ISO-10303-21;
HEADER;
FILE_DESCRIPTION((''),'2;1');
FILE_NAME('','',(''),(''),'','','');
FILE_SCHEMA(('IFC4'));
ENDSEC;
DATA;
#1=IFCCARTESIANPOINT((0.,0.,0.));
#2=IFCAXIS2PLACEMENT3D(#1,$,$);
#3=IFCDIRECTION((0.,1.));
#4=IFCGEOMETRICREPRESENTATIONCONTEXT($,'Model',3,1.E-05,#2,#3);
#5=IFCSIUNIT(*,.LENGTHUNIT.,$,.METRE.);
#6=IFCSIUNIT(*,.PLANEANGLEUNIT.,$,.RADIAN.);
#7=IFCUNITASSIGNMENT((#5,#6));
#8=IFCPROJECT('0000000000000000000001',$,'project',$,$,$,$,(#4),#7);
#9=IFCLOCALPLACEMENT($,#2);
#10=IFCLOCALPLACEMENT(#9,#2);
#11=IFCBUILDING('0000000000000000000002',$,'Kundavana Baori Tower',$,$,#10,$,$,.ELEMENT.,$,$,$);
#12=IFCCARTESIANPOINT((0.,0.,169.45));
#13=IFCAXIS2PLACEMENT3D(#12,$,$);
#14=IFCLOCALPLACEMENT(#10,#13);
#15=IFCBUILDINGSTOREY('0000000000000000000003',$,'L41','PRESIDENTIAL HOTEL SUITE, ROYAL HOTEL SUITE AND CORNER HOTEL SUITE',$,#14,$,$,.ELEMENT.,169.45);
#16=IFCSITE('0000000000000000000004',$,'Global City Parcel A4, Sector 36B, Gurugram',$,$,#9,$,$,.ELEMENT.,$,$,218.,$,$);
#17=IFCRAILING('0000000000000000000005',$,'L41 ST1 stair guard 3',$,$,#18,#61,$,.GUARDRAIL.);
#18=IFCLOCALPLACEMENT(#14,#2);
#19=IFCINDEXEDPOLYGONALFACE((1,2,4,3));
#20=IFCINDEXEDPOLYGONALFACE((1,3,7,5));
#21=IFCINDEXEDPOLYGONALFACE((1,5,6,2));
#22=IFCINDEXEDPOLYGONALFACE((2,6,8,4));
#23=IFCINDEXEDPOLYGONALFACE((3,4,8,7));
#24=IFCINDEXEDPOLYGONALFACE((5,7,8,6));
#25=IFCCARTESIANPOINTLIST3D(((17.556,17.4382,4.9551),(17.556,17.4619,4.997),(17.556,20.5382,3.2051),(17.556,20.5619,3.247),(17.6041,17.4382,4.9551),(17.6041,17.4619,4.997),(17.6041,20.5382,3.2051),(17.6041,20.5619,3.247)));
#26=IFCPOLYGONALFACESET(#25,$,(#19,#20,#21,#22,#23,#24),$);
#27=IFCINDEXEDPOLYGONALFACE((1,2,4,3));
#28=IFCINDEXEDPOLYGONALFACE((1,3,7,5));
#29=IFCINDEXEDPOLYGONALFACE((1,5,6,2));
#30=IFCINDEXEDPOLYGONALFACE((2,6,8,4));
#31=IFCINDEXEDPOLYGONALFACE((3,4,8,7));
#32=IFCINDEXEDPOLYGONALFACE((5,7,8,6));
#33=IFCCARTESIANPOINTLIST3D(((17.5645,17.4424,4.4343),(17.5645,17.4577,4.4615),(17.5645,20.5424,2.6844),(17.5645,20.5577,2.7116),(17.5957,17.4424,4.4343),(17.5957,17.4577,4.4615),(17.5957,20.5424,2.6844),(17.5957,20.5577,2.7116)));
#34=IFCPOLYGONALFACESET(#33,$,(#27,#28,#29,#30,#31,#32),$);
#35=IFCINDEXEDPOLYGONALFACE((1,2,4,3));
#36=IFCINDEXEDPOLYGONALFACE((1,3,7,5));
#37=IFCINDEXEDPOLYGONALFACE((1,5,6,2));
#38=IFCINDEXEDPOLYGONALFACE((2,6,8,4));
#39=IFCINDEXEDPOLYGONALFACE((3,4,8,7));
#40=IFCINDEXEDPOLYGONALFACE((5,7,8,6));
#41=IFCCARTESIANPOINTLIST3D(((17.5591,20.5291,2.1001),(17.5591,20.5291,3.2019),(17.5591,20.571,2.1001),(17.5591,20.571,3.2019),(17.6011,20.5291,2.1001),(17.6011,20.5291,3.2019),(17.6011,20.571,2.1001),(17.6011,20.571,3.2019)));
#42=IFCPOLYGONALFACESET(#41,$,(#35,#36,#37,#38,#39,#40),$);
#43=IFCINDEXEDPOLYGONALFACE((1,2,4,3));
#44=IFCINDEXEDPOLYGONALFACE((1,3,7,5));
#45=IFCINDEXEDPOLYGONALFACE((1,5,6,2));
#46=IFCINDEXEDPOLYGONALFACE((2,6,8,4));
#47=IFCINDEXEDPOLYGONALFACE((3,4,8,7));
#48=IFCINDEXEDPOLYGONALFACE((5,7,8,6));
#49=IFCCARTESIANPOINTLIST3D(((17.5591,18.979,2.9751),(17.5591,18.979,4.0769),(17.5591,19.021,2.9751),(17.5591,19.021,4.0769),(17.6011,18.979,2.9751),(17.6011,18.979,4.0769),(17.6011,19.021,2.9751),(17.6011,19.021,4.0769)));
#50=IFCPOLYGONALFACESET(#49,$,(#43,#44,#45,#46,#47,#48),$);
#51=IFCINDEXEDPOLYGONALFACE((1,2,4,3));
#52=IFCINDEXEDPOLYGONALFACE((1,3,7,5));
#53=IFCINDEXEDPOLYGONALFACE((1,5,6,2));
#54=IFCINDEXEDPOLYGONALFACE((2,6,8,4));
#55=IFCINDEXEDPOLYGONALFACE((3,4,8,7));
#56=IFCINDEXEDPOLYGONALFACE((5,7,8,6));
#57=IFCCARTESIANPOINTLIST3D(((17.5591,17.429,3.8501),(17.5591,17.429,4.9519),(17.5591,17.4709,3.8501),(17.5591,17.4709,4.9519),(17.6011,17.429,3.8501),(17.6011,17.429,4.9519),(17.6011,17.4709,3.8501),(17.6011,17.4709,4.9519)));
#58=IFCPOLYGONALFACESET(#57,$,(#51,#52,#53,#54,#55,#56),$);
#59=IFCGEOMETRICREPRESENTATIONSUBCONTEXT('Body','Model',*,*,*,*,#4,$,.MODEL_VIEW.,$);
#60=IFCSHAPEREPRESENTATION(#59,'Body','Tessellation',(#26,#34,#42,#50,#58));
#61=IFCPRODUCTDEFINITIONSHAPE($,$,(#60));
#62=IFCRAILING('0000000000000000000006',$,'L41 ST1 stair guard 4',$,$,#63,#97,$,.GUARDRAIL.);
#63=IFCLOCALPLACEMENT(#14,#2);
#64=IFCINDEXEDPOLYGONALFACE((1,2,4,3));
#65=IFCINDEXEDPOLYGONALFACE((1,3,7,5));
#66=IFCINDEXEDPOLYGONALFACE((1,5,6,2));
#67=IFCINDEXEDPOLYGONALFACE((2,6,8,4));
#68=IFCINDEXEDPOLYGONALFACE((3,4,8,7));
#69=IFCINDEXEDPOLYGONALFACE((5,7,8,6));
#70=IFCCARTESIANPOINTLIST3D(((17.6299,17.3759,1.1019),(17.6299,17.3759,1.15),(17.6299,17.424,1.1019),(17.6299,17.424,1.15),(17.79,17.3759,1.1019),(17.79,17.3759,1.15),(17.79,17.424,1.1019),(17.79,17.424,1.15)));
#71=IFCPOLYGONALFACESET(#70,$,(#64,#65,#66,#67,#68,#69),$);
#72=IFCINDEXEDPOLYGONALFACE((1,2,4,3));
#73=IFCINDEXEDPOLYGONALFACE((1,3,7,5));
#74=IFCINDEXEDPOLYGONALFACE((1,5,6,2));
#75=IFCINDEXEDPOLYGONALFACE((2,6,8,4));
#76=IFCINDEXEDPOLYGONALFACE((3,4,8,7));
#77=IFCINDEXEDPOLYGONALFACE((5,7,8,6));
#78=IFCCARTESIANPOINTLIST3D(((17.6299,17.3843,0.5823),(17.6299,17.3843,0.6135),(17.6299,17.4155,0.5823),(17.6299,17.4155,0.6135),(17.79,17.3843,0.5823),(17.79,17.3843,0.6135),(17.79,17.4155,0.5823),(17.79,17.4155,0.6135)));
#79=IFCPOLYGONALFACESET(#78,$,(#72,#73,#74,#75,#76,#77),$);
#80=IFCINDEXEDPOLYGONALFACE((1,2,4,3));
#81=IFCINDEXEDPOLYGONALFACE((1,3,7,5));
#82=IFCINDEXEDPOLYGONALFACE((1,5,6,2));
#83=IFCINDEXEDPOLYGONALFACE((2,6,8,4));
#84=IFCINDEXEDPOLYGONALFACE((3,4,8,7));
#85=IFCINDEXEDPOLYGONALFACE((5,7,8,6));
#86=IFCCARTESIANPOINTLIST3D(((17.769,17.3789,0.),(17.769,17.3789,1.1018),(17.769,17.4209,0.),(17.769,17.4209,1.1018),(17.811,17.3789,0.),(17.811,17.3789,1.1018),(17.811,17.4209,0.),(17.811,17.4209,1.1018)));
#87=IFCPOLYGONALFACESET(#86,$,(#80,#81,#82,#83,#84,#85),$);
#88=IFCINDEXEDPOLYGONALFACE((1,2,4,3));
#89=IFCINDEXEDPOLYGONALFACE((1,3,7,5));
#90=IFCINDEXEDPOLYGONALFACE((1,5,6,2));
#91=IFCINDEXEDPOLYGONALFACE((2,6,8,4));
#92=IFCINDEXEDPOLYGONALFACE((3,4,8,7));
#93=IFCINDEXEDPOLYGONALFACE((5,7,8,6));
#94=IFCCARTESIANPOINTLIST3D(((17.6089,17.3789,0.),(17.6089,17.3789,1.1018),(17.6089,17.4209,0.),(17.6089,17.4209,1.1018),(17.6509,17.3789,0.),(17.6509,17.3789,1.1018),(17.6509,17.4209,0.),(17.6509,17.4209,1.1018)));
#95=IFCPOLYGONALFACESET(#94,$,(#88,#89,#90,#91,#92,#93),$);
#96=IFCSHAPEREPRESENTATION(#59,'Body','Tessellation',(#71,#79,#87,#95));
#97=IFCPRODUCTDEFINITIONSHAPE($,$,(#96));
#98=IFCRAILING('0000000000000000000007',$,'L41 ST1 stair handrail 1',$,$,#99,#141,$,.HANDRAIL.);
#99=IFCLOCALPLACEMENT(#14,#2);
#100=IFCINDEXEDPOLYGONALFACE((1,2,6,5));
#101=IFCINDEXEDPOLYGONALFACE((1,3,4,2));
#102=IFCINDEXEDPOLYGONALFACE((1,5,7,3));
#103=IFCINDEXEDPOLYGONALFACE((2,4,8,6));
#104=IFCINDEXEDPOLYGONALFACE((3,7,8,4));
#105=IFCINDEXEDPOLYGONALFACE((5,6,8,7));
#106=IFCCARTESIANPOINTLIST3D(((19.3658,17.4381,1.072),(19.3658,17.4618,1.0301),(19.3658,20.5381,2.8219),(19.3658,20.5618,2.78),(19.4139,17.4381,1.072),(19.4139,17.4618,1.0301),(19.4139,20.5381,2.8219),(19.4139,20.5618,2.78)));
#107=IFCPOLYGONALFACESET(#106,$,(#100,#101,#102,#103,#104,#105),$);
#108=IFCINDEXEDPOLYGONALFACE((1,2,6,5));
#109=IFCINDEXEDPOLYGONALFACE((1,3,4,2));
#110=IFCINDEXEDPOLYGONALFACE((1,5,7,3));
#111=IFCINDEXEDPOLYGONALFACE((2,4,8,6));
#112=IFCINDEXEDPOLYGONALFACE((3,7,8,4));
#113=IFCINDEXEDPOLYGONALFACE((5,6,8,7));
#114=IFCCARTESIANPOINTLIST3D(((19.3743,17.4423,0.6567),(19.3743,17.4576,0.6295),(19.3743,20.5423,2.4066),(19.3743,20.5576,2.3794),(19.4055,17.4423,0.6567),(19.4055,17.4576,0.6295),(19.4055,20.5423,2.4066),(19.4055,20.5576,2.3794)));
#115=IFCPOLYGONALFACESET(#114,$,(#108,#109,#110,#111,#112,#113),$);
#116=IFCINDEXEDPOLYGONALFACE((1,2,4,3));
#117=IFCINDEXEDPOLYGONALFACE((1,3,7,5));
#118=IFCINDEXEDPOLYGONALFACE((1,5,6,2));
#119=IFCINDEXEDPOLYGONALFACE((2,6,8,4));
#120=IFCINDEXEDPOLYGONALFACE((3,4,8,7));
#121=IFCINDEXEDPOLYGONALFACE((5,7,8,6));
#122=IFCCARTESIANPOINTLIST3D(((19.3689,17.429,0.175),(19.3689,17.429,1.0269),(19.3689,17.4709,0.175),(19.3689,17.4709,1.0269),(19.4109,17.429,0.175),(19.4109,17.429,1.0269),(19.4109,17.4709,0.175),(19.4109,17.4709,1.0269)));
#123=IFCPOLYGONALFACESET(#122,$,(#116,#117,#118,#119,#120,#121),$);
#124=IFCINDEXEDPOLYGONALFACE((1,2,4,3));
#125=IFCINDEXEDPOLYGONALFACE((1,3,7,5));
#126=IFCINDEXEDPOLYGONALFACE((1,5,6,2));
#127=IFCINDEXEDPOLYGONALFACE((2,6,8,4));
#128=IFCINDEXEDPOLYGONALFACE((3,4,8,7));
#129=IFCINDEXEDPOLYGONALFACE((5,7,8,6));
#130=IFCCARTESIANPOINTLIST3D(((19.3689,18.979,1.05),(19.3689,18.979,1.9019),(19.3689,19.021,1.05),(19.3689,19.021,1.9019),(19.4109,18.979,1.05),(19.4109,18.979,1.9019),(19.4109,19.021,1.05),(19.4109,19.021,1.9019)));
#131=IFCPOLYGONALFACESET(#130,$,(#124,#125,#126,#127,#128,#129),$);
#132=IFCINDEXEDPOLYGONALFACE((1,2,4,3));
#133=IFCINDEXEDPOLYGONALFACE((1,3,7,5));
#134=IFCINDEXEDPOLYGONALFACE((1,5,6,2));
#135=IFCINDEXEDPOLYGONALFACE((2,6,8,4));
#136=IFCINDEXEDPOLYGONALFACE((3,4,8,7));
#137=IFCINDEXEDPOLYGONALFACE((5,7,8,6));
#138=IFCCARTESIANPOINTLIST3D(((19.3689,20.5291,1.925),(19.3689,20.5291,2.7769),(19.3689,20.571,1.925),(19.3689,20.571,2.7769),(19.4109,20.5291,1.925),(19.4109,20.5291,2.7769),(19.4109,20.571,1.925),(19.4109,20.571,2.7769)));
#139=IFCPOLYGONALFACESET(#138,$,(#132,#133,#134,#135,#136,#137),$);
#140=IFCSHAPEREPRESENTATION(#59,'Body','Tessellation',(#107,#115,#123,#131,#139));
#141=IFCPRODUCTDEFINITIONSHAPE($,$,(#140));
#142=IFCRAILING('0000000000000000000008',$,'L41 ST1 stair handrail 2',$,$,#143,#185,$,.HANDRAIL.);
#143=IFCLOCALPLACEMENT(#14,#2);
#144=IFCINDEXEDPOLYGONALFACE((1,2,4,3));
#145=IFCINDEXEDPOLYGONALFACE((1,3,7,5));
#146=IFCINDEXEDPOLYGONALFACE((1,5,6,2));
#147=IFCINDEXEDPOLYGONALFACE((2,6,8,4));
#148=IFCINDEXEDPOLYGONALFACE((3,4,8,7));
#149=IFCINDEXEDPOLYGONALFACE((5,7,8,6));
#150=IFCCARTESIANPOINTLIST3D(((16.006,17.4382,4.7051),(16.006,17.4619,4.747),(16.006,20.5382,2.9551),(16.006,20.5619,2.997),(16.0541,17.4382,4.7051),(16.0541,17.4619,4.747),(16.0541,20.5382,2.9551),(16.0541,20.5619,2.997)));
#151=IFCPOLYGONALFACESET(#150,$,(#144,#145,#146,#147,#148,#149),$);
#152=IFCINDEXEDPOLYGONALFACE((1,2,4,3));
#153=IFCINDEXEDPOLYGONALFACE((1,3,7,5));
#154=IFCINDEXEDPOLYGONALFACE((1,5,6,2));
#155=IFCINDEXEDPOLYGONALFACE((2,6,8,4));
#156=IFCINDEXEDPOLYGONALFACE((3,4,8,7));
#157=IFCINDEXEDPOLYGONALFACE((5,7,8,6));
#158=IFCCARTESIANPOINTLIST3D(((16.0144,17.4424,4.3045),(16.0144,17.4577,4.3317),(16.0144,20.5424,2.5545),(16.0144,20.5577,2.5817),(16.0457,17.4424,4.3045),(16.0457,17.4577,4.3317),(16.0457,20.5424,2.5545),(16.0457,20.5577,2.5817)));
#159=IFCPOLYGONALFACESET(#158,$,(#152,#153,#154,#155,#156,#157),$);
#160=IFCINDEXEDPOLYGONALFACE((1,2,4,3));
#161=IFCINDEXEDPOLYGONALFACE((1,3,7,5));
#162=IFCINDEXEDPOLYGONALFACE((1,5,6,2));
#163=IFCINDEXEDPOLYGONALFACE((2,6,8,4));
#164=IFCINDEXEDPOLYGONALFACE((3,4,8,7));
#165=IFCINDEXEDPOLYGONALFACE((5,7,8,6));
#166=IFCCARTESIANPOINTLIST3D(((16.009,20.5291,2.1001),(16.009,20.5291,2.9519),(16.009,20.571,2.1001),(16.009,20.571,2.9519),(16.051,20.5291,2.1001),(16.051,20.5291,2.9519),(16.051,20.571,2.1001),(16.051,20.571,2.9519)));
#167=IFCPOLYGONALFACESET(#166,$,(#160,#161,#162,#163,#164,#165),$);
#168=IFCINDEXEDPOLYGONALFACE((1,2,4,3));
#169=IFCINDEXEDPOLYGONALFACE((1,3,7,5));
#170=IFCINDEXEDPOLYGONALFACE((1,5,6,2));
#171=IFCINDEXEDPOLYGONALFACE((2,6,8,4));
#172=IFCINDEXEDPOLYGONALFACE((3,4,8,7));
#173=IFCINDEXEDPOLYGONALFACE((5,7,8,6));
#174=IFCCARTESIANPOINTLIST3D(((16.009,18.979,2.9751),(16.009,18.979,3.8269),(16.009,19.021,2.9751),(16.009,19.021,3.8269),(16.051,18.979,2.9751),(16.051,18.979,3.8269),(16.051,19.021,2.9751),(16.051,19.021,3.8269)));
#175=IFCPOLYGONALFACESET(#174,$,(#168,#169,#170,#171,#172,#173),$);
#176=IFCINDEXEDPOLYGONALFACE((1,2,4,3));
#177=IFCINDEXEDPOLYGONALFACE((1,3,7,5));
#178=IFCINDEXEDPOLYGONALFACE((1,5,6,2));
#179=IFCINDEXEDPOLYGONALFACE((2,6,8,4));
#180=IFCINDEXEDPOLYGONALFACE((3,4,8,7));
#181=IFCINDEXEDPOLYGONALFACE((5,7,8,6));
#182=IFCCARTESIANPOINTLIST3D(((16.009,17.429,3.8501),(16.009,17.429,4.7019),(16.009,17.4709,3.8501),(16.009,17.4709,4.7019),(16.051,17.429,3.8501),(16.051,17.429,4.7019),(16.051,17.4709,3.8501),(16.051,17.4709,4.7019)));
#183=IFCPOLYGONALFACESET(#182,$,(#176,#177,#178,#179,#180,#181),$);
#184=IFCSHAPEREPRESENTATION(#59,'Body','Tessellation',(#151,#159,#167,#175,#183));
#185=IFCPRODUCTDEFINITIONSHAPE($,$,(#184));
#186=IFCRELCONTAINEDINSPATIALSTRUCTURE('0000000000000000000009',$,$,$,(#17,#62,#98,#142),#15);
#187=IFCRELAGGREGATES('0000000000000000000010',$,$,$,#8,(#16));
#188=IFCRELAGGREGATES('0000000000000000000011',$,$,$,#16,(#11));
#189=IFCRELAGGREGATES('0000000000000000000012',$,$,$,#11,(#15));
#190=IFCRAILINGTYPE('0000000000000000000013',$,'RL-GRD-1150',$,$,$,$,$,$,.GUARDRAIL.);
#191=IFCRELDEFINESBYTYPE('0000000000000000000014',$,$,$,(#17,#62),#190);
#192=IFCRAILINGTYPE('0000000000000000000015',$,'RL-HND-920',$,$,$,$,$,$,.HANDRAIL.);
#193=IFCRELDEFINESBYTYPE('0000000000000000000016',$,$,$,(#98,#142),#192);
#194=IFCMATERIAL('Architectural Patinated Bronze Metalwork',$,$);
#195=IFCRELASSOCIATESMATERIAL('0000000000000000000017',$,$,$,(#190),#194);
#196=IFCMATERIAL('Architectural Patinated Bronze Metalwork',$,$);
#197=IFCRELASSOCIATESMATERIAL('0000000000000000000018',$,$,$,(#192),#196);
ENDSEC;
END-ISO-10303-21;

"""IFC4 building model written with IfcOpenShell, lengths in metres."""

from ifc_helpers import new_model, si_unit, direction, frame, origin, origin_2d, place, context, subcontext, project, spatial, rectangle, extrude, material, type_object, element, save


model = new_model("IFC4")

# Units and contexts
model_context = context("Model", 3, precision=1e-05, world=origin(), true_north=direction((0.0, 1.0)))
body_context = subcontext(model_context, "Body", "Model", "MODEL_VIEW")
ifc_project = project(units=[si_unit("LENGTHUNIT", "METRE"), si_unit("PLANEANGLEUNIT", "RADIAN")], contexts=[model_context])

# Site, building, storey
site_placement = place(None, origin())
site = spatial("IfcSite", under=ifc_project, at=site_placement, Name="Global City Parcel A4, Sector 36B, Gurugram", CompositionType="ELEMENT", RefElevation=218.0)
building_placement = place(site_placement, origin())
building = spatial("IfcBuilding", under=site, at=building_placement, Name="Kundavana Baori Tower", CompositionType="ELEMENT")
storey_placement = place(building_placement, frame((0.0, 0.0, 169.45)))
storey = spatial("IfcBuildingStorey", under=building, at=storey_placement, Name="L41", Description="PRESIDENTIAL HOTEL SUITE, ROYAL HOTEL SUITE AND CORNER HOTEL SUITE", CompositionType="ELEMENT", Elevation=169.45)

# Railings
ifc_material_1 = material(Name="Architectural Patinated Bronze Metalwork")
railing_type_1 = type_object("IfcRailingType", Name="RL-GRD-1150", PredefinedType="GUARDRAIL", material=ifc_material_1)
railing_1_placement = place(storey_placement, frame((17.5801, 20.55, 2.1001)))
element("IfcRailing", 1, at=railing_1_placement, inside=storey, type_object=railing_type_1, Name="L41 ST1 stair guard 3", PredefinedType="GUARDRAIL", context=body_context, shape_type="SweptSolid", body=[
    extrude(rectangle(XDim=0.0481, YDim=0.0481, at=origin_2d()), frame((0.0, 0.0, 1.126), z_axis=(0.0, -0.870831, 0.491583), x_axis=(1.0, 0.0, 0.0)), (0.0, 0.0, 1.0), 3.5598),
    extrude(rectangle(XDim=0.0312, YDim=0.0312, at=origin_2d()), frame((0.0, 0.0, 0.5979), z_axis=(0.0, -0.870831, 0.491583), x_axis=(1.0, 0.0, 0.0)), (0.0, 0.0, 1.0), 3.5598),
    extrude(rectangle(XDim=0.042, YDim=0.042, at=origin_2d()), origin(), (0.0, 0.0, 1.0), 1.1018),
    extrude(rectangle(XDim=0.042, YDim=0.042, at=origin_2d()), frame((0.0, -1.55, 0.875)), (0.0, 0.0, 1.0), 1.1018),
    extrude(rectangle(XDim=0.042, YDim=0.042, at=origin_2d()), frame((0.0, -3.1001, 1.75)), (0.0, 0.0, 1.0), 1.1018),
])
railing_2_placement = place(storey_placement, frame((17.79, 17.3999, 0.0)))
element("IfcRailing", 2, at=railing_2_placement, inside=storey, type_object=railing_type_1, Name="L41 ST1 stair guard 4", PredefinedType="GUARDRAIL", context=body_context, shape_type="SweptSolid", body=[
    extrude(rectangle(XDim=0.0481, YDim=0.0481, at=origin_2d()), frame((0.0, 0.0, 1.126), z_axis=(-1.0, 0.0, 0.0), x_axis=(0.0, -1.0, 0.0)), (0.0, 0.0, 1.0), 0.1602),
    extrude(rectangle(XDim=0.0312, YDim=0.0312, at=origin_2d()), frame((0.0, 0.0, 0.5979), z_axis=(-1.0, 0.0, 0.0), x_axis=(0.0, -1.0, 0.0)), (0.0, 0.0, 1.0), 0.1602),
    extrude(rectangle(XDim=0.042, YDim=0.042, at=origin_2d()), origin(), (0.0, 0.0, 1.0), 1.1018),
    extrude(rectangle(XDim=0.042, YDim=0.042, at=origin_2d()), frame((-0.1602, 0.0, 0.0)), (0.0, 0.0, 1.0), 1.1018),
])
ifc_material_2 = material(Name="Architectural Patinated Bronze Metalwork")
railing_type_2 = type_object("IfcRailingType", Name="RL-HND-920", PredefinedType="HANDRAIL", material=ifc_material_2)
railing_3_placement = place(storey_placement, frame((19.3899, 17.45, 0.175)))
element("IfcRailing", 3, at=railing_3_placement, inside=storey, type_object=railing_type_2, Name="L41 ST1 stair handrail 1", PredefinedType="HANDRAIL", context=body_context, shape_type="SweptSolid", body=[
    extrude(rectangle(XDim=0.0481, YDim=0.0481, at=origin_2d()), frame((0.0, 0.0, 0.876), z_axis=(0.0, 0.870831, 0.491583), x_axis=(-1.0, 0.0, 0.0)), (0.0, 0.0, 1.0), 3.5598),
    extrude(rectangle(XDim=0.0312, YDim=0.0312, at=origin_2d()), frame((0.0, 0.0, 0.468), z_axis=(0.0, 0.870831, 0.491583), x_axis=(-1.0, 0.0, 0.0)), (0.0, 0.0, 1.0), 3.5598),
    extrude(rectangle(XDim=0.042, YDim=0.042, at=origin_2d()), origin(), (0.0, 0.0, 1.0), 0.8518),
    extrude(rectangle(XDim=0.042, YDim=0.042, at=origin_2d()), frame((0.0, 1.55, 0.875)), (0.0, 0.0, 1.0), 0.8518),
    extrude(rectangle(XDim=0.042, YDim=0.042, at=origin_2d()), frame((0.0, 3.1001, 1.75)), (0.0, 0.0, 1.0), 0.8518),
])
railing_4_placement = place(storey_placement, frame((16.03, 20.55, 2.1001)))
element("IfcRailing", 4, at=railing_4_placement, inside=storey, type_object=railing_type_2, Name="L41 ST1 stair handrail 2", PredefinedType="HANDRAIL", context=body_context, shape_type="SweptSolid", body=[
    extrude(rectangle(XDim=0.0481, YDim=0.0481, at=origin_2d()), frame((0.0, 0.0, 0.876), z_axis=(0.0, -0.870831, 0.491583), x_axis=(1.0, 0.0, 0.0)), (0.0, 0.0, 1.0), 3.5598),
    extrude(rectangle(XDim=0.0312, YDim=0.0312, at=origin_2d()), frame((0.0, 0.0, 0.468), z_axis=(0.0, -0.870831, 0.491583), x_axis=(1.0, 0.0, 0.0)), (0.0, 0.0, 1.0), 3.5598),
    extrude(rectangle(XDim=0.042, YDim=0.042, at=origin_2d()), origin(), (0.0, 0.0, 1.0), 0.8518),
    extrude(rectangle(XDim=0.042, YDim=0.042, at=origin_2d()), frame((0.0, -1.55, 0.875)), (0.0, 0.0, 1.0), 0.8518),
    extrude(rectangle(XDim=0.042, YDim=0.042, at=origin_2d()), frame((0.0, -3.1001, 1.75)), (0.0, 0.0, 1.0), 0.8518),
])

save(model, "model.ifc")
